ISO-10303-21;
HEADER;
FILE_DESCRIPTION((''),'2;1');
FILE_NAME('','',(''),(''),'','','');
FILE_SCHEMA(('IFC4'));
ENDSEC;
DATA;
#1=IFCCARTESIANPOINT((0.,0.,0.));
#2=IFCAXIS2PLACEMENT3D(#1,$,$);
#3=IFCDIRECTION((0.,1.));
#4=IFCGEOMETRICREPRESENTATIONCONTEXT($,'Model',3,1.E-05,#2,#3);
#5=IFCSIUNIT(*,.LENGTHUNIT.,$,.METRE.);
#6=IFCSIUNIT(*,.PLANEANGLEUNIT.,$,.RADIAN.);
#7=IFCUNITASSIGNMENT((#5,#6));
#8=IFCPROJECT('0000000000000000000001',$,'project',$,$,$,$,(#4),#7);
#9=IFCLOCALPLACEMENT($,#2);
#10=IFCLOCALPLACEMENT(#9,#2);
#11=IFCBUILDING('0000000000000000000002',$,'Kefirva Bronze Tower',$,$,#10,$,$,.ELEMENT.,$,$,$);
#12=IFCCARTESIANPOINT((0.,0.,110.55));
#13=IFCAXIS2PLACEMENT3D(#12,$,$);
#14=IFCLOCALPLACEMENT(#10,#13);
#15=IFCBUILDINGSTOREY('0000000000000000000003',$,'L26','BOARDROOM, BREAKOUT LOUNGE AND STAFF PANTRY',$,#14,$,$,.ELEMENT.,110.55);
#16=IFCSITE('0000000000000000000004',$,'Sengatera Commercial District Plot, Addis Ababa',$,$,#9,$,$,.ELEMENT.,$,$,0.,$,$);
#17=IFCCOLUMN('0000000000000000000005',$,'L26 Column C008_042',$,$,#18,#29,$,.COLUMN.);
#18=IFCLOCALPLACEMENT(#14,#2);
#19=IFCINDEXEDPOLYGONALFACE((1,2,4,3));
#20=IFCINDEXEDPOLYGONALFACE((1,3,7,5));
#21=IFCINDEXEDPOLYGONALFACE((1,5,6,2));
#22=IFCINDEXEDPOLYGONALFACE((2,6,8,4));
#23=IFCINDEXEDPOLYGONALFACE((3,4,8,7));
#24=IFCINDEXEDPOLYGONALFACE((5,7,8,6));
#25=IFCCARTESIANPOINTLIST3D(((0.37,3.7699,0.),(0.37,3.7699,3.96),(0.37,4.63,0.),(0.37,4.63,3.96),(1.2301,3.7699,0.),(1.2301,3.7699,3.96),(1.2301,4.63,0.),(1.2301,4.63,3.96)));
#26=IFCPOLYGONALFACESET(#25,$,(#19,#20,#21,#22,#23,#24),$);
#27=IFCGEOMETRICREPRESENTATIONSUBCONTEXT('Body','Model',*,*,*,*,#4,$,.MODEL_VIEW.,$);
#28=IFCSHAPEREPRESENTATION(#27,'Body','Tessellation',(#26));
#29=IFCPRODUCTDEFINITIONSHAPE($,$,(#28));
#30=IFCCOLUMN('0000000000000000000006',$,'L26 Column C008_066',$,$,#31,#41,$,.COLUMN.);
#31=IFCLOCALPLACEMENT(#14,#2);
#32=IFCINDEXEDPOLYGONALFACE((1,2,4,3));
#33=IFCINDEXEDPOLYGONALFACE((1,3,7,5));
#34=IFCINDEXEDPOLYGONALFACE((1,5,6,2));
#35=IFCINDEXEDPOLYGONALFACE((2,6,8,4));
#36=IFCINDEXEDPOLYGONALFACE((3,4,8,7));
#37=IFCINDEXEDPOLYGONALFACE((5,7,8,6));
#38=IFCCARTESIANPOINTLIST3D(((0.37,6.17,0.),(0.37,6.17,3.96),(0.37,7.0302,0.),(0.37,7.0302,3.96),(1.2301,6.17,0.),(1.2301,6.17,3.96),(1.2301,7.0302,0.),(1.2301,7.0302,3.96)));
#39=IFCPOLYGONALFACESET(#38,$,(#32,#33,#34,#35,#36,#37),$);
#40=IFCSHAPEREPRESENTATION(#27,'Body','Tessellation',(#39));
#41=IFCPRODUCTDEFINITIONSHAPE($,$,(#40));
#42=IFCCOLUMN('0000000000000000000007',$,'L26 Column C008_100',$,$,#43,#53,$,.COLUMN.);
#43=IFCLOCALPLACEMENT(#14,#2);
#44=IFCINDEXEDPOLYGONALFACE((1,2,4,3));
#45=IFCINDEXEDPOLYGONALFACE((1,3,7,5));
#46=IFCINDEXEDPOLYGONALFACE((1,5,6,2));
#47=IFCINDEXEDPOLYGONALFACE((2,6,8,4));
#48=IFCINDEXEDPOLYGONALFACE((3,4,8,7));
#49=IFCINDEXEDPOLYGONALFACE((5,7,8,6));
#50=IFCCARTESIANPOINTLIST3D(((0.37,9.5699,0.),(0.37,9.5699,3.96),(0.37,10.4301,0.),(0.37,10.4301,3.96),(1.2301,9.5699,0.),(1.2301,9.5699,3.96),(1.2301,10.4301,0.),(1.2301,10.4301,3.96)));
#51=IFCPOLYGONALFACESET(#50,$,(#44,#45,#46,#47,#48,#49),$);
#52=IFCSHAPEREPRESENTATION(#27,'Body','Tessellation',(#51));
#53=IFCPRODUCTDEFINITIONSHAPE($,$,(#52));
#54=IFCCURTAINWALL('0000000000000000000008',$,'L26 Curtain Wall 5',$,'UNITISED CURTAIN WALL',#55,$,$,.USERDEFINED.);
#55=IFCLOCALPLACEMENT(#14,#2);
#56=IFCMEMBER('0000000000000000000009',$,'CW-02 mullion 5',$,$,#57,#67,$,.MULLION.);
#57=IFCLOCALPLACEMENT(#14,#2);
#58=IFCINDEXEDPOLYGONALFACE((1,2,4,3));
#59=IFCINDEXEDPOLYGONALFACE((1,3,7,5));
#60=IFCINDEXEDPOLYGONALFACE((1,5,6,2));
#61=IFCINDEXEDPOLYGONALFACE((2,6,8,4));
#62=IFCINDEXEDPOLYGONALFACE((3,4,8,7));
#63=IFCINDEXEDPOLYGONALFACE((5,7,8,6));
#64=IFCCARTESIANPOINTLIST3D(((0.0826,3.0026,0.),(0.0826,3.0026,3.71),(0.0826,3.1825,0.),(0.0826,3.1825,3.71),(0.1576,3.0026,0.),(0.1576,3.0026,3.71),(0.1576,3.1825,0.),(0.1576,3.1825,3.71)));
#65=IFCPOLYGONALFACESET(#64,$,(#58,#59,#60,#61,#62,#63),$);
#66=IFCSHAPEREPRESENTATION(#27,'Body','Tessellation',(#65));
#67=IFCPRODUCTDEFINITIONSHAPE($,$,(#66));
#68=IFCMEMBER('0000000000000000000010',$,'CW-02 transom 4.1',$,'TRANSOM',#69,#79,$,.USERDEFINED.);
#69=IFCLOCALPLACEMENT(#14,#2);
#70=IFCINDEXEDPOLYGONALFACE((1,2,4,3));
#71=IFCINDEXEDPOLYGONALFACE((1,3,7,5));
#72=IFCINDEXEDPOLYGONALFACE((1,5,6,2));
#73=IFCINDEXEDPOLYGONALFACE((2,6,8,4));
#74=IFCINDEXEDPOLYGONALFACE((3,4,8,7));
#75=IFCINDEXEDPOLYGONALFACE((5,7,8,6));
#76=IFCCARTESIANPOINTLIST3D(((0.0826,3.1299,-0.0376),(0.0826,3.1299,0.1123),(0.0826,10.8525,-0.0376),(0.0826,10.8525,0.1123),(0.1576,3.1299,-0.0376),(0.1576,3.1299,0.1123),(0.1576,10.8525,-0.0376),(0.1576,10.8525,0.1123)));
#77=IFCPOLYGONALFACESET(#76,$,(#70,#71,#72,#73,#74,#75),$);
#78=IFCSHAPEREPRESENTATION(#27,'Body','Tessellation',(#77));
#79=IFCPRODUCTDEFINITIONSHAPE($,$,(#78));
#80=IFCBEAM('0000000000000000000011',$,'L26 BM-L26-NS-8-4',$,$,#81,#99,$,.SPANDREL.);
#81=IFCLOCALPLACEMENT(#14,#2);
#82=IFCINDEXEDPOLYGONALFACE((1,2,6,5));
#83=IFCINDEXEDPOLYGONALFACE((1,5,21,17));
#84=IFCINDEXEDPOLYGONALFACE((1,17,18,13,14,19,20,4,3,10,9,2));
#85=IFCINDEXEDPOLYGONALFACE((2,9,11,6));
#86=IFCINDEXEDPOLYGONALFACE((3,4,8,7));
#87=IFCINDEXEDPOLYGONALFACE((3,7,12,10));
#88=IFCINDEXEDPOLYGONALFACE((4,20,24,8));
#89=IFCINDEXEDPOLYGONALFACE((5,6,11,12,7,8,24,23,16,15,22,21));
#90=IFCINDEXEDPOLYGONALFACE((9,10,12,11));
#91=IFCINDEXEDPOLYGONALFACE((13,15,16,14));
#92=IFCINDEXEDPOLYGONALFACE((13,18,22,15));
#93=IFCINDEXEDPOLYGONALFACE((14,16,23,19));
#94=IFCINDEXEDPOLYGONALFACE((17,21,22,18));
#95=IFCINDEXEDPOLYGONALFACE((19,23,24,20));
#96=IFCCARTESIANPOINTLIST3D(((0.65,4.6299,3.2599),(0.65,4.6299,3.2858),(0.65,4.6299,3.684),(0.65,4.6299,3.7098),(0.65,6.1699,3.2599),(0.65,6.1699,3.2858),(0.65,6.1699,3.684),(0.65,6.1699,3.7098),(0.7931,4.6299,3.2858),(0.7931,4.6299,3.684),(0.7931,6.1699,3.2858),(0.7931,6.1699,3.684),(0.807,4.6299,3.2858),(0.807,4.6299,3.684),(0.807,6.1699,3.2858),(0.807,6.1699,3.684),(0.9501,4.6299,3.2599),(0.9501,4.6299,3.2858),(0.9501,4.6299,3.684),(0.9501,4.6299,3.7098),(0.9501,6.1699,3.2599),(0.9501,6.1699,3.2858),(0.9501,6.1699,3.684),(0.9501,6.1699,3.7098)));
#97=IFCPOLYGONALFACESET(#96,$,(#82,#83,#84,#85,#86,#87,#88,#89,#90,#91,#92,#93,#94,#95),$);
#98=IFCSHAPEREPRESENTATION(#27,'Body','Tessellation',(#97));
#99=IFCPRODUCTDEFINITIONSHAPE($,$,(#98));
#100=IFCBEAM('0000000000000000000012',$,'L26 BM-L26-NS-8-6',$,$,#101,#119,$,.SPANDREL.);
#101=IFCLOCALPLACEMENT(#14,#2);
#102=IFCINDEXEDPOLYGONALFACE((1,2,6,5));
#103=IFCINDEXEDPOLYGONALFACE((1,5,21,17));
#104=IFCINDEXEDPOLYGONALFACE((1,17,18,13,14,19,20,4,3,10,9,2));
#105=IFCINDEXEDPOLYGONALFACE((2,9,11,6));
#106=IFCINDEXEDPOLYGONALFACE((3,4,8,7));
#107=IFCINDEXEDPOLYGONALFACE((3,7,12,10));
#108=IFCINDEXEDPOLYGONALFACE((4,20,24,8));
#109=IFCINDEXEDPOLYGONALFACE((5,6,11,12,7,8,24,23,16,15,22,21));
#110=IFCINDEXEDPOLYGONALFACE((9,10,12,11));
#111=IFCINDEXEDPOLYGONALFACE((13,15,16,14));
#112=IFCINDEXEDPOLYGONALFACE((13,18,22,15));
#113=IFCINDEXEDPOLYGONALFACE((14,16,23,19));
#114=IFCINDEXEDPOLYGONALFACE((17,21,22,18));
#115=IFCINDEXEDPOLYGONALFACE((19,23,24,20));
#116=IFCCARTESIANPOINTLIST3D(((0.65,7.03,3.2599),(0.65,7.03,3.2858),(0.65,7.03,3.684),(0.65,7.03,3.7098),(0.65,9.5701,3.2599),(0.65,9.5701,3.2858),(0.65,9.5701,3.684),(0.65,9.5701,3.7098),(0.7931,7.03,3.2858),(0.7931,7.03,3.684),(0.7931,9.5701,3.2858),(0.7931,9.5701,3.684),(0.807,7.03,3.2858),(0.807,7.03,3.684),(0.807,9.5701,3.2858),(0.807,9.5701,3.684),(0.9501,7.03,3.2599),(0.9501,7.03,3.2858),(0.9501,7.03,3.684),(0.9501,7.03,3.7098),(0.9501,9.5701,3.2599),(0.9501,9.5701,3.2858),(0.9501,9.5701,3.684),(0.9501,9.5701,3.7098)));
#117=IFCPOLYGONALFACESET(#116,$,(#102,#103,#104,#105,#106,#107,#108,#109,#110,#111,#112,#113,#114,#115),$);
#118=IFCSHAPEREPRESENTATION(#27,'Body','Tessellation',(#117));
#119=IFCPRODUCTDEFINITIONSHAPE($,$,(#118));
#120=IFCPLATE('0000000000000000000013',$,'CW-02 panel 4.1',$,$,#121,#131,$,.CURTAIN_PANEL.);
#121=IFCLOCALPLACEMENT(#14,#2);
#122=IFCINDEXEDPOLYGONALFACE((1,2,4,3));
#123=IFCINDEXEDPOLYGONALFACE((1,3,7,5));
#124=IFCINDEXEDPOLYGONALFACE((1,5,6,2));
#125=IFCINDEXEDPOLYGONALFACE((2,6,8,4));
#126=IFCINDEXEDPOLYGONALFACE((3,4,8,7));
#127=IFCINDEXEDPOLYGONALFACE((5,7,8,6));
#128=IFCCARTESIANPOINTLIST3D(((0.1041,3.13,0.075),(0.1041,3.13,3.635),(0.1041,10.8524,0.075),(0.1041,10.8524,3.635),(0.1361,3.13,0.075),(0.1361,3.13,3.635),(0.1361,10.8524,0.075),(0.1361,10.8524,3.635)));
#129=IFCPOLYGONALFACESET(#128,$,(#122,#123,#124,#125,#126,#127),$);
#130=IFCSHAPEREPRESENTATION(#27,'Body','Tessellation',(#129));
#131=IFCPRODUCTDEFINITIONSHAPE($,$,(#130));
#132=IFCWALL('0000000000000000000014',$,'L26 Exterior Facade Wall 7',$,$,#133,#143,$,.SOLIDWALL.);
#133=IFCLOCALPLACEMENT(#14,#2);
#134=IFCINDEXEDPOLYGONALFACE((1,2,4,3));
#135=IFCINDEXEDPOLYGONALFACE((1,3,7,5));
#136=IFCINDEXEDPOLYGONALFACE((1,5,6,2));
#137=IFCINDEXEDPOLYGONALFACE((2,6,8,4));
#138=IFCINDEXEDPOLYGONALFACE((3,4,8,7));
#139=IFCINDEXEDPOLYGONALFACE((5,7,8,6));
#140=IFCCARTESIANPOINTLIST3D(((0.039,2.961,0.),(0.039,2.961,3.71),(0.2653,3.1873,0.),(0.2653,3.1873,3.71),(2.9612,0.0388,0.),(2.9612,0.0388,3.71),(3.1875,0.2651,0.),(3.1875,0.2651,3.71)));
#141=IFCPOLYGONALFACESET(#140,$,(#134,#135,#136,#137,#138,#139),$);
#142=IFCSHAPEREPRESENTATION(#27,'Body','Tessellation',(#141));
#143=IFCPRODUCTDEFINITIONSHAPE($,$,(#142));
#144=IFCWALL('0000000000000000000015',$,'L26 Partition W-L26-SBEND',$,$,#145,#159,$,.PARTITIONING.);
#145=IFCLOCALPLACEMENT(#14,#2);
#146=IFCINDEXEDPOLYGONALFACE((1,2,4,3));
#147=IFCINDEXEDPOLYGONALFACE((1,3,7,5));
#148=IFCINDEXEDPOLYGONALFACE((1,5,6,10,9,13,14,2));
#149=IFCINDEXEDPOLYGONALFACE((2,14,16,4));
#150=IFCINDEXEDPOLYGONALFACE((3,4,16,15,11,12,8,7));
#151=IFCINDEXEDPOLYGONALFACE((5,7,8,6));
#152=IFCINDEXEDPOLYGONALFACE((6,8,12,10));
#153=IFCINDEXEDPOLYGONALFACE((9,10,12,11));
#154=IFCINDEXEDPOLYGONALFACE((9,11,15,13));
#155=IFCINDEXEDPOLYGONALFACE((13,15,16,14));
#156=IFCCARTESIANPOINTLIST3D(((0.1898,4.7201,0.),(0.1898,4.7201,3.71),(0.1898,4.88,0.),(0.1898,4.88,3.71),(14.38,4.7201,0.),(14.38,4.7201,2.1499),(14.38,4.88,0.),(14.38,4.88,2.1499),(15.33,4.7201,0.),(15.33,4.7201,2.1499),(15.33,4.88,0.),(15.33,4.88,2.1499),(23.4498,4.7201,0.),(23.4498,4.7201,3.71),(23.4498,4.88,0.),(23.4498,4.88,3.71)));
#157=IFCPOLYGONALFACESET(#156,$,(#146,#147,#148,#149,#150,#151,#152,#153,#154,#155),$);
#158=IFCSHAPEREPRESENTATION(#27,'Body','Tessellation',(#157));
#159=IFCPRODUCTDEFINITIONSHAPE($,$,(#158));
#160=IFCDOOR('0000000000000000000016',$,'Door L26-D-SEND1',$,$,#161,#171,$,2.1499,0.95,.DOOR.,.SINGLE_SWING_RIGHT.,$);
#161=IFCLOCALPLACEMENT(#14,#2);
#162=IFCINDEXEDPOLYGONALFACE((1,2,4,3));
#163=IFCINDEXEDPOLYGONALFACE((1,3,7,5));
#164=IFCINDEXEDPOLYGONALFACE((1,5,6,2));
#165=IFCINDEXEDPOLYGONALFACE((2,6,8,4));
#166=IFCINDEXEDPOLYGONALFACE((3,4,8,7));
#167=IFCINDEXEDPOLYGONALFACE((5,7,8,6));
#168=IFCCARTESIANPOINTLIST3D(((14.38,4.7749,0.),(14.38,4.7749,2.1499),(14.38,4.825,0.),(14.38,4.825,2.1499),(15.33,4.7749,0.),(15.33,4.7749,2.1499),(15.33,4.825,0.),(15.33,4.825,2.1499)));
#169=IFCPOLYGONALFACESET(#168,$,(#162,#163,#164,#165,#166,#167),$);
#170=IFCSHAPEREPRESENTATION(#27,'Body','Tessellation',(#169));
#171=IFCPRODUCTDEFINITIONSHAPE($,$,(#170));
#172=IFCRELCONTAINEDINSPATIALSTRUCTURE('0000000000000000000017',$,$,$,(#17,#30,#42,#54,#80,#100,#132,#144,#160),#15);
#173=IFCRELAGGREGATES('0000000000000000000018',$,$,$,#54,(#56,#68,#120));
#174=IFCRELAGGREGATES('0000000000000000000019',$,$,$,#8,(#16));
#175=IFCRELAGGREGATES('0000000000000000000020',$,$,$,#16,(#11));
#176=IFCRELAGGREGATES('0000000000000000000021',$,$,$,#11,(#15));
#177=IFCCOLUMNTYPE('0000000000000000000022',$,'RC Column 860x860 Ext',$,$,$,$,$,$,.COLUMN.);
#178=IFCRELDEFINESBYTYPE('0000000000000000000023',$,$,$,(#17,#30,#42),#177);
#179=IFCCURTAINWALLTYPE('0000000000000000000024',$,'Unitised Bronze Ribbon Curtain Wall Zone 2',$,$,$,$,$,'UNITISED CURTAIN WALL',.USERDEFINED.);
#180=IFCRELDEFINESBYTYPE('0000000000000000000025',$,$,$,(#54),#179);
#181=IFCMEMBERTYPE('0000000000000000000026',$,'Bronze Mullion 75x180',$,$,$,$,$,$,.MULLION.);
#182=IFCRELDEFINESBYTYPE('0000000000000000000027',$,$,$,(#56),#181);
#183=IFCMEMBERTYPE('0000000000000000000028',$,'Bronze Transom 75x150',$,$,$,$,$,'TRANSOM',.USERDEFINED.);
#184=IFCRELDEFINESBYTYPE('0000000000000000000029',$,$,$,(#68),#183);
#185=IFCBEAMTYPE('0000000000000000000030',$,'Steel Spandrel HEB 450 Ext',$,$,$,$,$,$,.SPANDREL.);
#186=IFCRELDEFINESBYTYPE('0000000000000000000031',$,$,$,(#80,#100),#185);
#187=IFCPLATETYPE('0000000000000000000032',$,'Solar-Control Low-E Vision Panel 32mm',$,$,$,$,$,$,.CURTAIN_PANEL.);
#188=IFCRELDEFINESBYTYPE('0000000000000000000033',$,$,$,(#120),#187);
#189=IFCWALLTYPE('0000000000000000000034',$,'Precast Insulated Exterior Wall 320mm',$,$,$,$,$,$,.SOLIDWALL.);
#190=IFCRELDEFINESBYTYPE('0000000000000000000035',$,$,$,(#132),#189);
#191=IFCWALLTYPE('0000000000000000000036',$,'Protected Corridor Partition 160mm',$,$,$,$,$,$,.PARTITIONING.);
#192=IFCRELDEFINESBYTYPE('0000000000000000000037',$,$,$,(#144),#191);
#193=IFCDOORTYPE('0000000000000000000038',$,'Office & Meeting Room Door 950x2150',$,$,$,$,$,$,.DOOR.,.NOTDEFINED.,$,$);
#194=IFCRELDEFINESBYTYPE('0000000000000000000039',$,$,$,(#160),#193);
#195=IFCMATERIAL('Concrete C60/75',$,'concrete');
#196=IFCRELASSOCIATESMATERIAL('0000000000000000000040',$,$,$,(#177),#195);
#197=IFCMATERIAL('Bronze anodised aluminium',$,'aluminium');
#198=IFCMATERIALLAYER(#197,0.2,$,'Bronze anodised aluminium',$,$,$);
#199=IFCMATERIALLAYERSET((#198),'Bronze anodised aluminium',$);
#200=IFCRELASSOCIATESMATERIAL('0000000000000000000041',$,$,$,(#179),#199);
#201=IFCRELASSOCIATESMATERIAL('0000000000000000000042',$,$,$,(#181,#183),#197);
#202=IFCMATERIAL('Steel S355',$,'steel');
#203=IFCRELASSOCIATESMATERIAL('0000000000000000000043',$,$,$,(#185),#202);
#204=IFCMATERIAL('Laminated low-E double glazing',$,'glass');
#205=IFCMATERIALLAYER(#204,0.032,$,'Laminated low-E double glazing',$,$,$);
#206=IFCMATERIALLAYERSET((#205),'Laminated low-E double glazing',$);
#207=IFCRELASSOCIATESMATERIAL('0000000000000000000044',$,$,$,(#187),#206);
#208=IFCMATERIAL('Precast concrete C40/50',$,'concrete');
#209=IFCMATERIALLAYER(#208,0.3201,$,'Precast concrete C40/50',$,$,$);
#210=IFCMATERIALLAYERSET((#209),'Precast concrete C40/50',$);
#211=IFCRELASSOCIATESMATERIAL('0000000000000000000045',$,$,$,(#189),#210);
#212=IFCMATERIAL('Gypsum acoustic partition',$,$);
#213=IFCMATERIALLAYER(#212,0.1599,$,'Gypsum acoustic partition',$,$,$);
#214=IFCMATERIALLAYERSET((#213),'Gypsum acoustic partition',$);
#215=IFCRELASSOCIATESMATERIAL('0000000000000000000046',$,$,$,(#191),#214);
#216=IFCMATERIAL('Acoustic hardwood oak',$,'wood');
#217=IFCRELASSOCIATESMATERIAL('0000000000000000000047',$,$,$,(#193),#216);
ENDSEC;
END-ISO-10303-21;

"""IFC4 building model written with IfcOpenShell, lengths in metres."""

from ifc_helpers import new_model, si_unit, direction, frame, frame_2d, origin, origin_2d, place, context, subcontext, project, spatial, rectangle, i_section, extrude, material, layer, layer_set, material_profile, profile_set, type_object, element, fill, aggregate, save


model = new_model("IFC4")

# Units and contexts
model_context = context("Model", 3, precision=1e-05, world=origin(), true_north=direction((0.0, 1.0)))
body_context = subcontext(model_context, "Body", "Model", "MODEL_VIEW")
ifc_project = project(units=[si_unit("LENGTHUNIT", "METRE"), si_unit("PLANEANGLEUNIT", "RADIAN")], contexts=[model_context])

# Site, building, storey
site_placement = place(None, origin())
site = spatial("IfcSite", under=ifc_project, at=site_placement, Name="Sengatera Commercial District Plot, Addis Ababa", CompositionType="ELEMENT", RefElevation=0.0)
building_placement = place(site_placement, origin())
building = spatial("IfcBuilding", under=site, at=building_placement, Name="Kefirva Bronze Tower", CompositionType="ELEMENT")
storey_placement = place(building_placement, frame((0.0, 0.0, 110.55)))
storey = spatial("IfcBuildingStorey", under=building, at=storey_placement, Name="L26", Description="BOARDROOM, BREAKOUT LOUNGE AND STAFF PANTRY", CompositionType="ELEMENT", Elevation=110.55)

# Columns
ifc_material_1 = material(Name="Concrete C60/75", Category="concrete")
ifc_material_profile_1 = material_profile(ifc_material_1, rectangle(XDim=0.8601, YDim=0.8601, at=origin_2d()), Name="RC 860x860")
ifc_profile_set_1 = profile_set([ifc_material_profile_1], Name="Concrete C60/75")
column_type = type_object("IfcColumnType", Name="RC Column 860x860 Ext", PredefinedType="COLUMN", material=ifc_profile_set_1)
for number, where, z_axis, x_axis, name in (
    (1, (0.8, 4.2, 0.0), (0.0, 0.0, 1.0), (1.0, 0.0, 0.0), "L26 Column C008_042"),
    (2, (0.8, 6.6001, 0.0), (0.0, 0.0, 1.0), (1.0, 0.0, 0.0), "L26 Column C008_066"),
    (3, (0.8, 10.0, 0.0), (0.0, 0.0, 1.0), (1.0, 0.0, 0.0), "L26 Column C008_100"),
):
    element("IfcColumn", number, at=place(storey_placement, frame(where, z_axis=z_axis, x_axis=x_axis)), inside=storey, type_object=column_type, Name=name, PredefinedType="COLUMN", context=body_context, shape_type="SweptSolid", body=[
        extrude(rectangle(XDim=0.8601, YDim=0.8601, at=origin_2d()), origin(), (0.0, 0.0, 1.0), 3.96),
    ])

# Curtain wall, members
ifc_material_2 = material(Name="Bronze anodised aluminium", Category="aluminium")
ifc_layer_1 = layer(ifc_material_2, 0.2, Name="Bronze anodised aluminium")
ifc_layer_set_1 = layer_set([ifc_layer_1], Name="Bronze anodised aluminium")
curtain_wall_type = type_object("IfcCurtainWallType", Name="Unitised Bronze Ribbon Curtain Wall Zone 2", ElementType="UNITISED CURTAIN WALL", PredefinedType="USERDEFINED", material=ifc_layer_set_1)
curtain_wall_placement = place(storey_placement, origin())
curtain_wall = element("IfcCurtainWall", 4, at=curtain_wall_placement, inside=storey, type_object=curtain_wall_type, Name="L26 Curtain Wall 5", ObjectType="UNITISED CURTAIN WALL", PredefinedType="USERDEFINED")
ifc_material_profile_2 = material_profile(ifc_material_2, rectangle(XDim=0.075, YDim=0.1799, at=origin_2d()), Name="ALU 75x180")
ifc_profile_set_2 = profile_set([ifc_material_profile_2], Name="Bronze anodised aluminium")
member_type_1 = type_object("IfcMemberType", Name="Bronze Mullion 75x180", PredefinedType="MULLION", material=ifc_profile_set_2)
member_1_placement = place(storey_placement, frame((0.1201, 3.0925, 0.0), z_axis=(0.0, 0.0, 1.0), x_axis=(1.0, 0.0, 0.0)))
member_1 = element("IfcMember", 5, at=member_1_placement, type_object=member_type_1, Name="CW-02 mullion 5", PredefinedType="MULLION", context=body_context, shape_type="SweptSolid", body=[
    extrude(rectangle(XDim=0.075, YDim=0.1799, at=origin_2d()), origin(), (0.0, 0.0, 1.0), 3.71),
])
ifc_material_profile_3 = material_profile(ifc_material_2, rectangle(XDim=0.075, YDim=0.1499, at=origin_2d()), Name="ALU 75x150")
ifc_profile_set_3 = profile_set([ifc_material_profile_3], Name="Bronze anodised aluminium")
member_type_2 = type_object("IfcMemberType", Name="Bronze Transom 75x150", ElementType="TRANSOM", PredefinedType="USERDEFINED", material=ifc_profile_set_3)
member_2_placement = place(storey_placement, frame((0.1201, 10.8525, 0.0374), z_axis=(0.0, -1.0, 0.0), x_axis=(1.0, 0.0, 0.0)))
member_2 = element("IfcMember", 6, at=member_2_placement, type_object=member_type_2, Name="CW-02 transom 4.1", ObjectType="TRANSOM", PredefinedType="USERDEFINED", context=body_context, shape_type="SweptSolid", body=[
    extrude(rectangle(XDim=0.075, YDim=0.1499, at=origin_2d()), origin(), (0.0, 0.0, 1.0), 7.7227),
])

# Beams
ifc_material_3 = material(Name="Steel S355", Category="steel")
ifc_material_profile_4 = material_profile(ifc_material_3, i_section(OverallWidth=0.3, OverallDepth=0.45, WebThickness=0.0139, FlangeThickness=0.0259, at=origin_2d()), Name="HEB 450")
ifc_profile_set_4 = profile_set([ifc_material_profile_4], Name="Steel S355")
beam_type = type_object("IfcBeamType", Name="Steel Spandrel HEB 450 Ext", PredefinedType="SPANDREL", material=ifc_profile_set_4)
beam_1_placement = place(storey_placement, frame((0.8, 4.6299, 3.4849), z_axis=(0.0, 1.0, 0.0), x_axis=(-1.0, 0.0, 0.0)))
element("IfcBeam", 7, at=beam_1_placement, inside=storey, type_object=beam_type, Name="L26 BM-L26-NS-8-4", PredefinedType="SPANDREL", context=body_context, shape_type="SweptSolid", body=[
    extrude(i_section(OverallWidth=0.3, OverallDepth=0.45, WebThickness=0.0139, FlangeThickness=0.0259, at=origin_2d()), origin(), (0.0, 0.0, 1.0), 1.54),
])
beam_2_placement = place(storey_placement, frame((0.8, 7.03, 3.4849), z_axis=(0.0, 1.0, 0.0), x_axis=(-1.0, 0.0, 0.0)))
element("IfcBeam", 8, at=beam_2_placement, inside=storey, type_object=beam_type, Name="L26 BM-L26-NS-8-6", PredefinedType="SPANDREL", context=body_context, shape_type="SweptSolid", body=[
    extrude(i_section(OverallWidth=0.3, OverallDepth=0.45, WebThickness=0.0139, FlangeThickness=0.0259, at=origin_2d()), origin(), (0.0, 0.0, 1.0), 2.54),
])

# Plate
ifc_material_4 = material(Name="Laminated low-E double glazing", Category="glass")
ifc_layer_2 = layer(ifc_material_4, 0.032, Name="Laminated low-E double glazing")
ifc_layer_set_2 = layer_set([ifc_layer_2], Name="Laminated low-E double glazing")
plate_type = type_object("IfcPlateType", Name="Solar-Control Low-E Vision Panel 32mm", PredefinedType="CURTAIN_PANEL", material=ifc_layer_set_2)
plate_placement = place(storey_placement, frame((0.1201, 6.9912, 0.075), z_axis=(0.0, 0.0, 1.0), x_axis=(0.0, -1.0, 0.0)))
plate = element("IfcPlate", 9, at=plate_placement, type_object=plate_type, Name="CW-02 panel 4.1", PredefinedType="CURTAIN_PANEL", context=body_context, shape_type="SweptSolid", body=[
    extrude(rectangle(XDim=7.7224, YDim=0.032, at=origin_2d()), origin(), (0.0, 0.0, 1.0), 3.5601),
])
aggregate(curtain_wall, [member_1, member_2, plate])

# Wall
ifc_material_5 = material(Name="Precast concrete C40/50", Category="concrete")
ifc_layer_3 = layer(ifc_material_5, 0.3201, Name="Precast concrete C40/50")
ifc_layer_set_3 = layer_set([ifc_layer_3], Name="Precast concrete C40/50")
wall_type_1 = type_object("IfcWallType", Name="Precast Insulated Exterior Wall 320mm", PredefinedType="SOLIDWALL", material=ifc_layer_set_3)
wall_1_placement = place(storey_placement, frame((0.1521, 3.0742, 0.0), z_axis=(0.0, 0.0, 1.0), x_axis=(0.707107, -0.707107, 0.0)))
element("IfcWall", 10, at=wall_1_placement, inside=storey, type_object=wall_type_1, Name="L26 Exterior Facade Wall 7", PredefinedType="SOLIDWALL", context=body_context, shape_type="SweptSolid", body=[
    extrude(rectangle(XDim=4.1326, YDim=0.3201, at=frame_2d((2.0664, 0.0))), origin(), (0.0, 0.0, 1.0), 3.71),
])

# Wall, opening, door
ifc_material_6 = material(Name="Gypsum acoustic partition")
ifc_layer_4 = layer(ifc_material_6, 0.1599, Name="Gypsum acoustic partition")
ifc_layer_set_4 = layer_set([ifc_layer_4], Name="Gypsum acoustic partition")
wall_type_2 = type_object("IfcWallType", Name="Protected Corridor Partition 160mm", PredefinedType="PARTITIONING", material=ifc_layer_set_4)
wall_2_placement = place(storey_placement, frame((0.1899, 4.8, 0.0), z_axis=(0.0, 0.0, 1.0), x_axis=(1.0, 0.0, 0.0)))
wall_2 = element("IfcWall", 11, at=wall_2_placement, inside=storey, type_object=wall_type_2, Name="L26 Partition W-L26-SBEND", PredefinedType="PARTITIONING", context=body_context, shape_type="SweptSolid", body=[
    extrude(rectangle(XDim=23.26, YDim=0.1599, at=frame_2d((11.6299, 0.0))), origin(), (0.0, 0.0, 1.0), 3.71),
])
opening_placement = place(wall_2_placement, frame((14.1899, 0.0, 0.0)))
opening = element("IfcOpeningElement", 12, at=opening_placement, cuts=wall_2, PredefinedType="OPENING", context=body_context, shape_type="SweptSolid", body=[
    extrude(rectangle(XDim=0.95, YDim=2.1499, at=frame_2d((0.4751, 1.075))), frame((0.0, 0.0898, 0.0), z_axis=(0.0, -1.0, 0.0), x_axis=(1.0, 0.0, 0.0)), (0.0, 0.0, 1.0), 0.1799),
])
ifc_material_7 = material(Name="Acoustic hardwood oak", Category="wood")
door_type = type_object("IfcDoorType", Name="Office & Meeting Room Door 950x2150", OperationType="NOTDEFINED", PredefinedType="DOOR", material=ifc_material_7)
door_placement = place(opening_placement, origin())
door = element("IfcDoor", 13, at=door_placement, inside=storey, type_object=door_type, Name="Door L26-D-SEND1", OperationType="SINGLE_SWING_RIGHT", OverallHeight=2.1499, OverallWidth=0.95, PredefinedType="DOOR", context=body_context, shape_type="SweptSolid", body=[
    extrude(rectangle(XDim=0.95, YDim=2.1499, at=frame_2d((0.4751, 1.075))), frame((0.0, 0.0249, 0.0), z_axis=(0.0, -1.0, 0.0), x_axis=(1.0, 0.0, 0.0)), (0.0, 0.0, 1.0), 0.05),
])
fill(opening, door)

save(model, "model.ifc")
